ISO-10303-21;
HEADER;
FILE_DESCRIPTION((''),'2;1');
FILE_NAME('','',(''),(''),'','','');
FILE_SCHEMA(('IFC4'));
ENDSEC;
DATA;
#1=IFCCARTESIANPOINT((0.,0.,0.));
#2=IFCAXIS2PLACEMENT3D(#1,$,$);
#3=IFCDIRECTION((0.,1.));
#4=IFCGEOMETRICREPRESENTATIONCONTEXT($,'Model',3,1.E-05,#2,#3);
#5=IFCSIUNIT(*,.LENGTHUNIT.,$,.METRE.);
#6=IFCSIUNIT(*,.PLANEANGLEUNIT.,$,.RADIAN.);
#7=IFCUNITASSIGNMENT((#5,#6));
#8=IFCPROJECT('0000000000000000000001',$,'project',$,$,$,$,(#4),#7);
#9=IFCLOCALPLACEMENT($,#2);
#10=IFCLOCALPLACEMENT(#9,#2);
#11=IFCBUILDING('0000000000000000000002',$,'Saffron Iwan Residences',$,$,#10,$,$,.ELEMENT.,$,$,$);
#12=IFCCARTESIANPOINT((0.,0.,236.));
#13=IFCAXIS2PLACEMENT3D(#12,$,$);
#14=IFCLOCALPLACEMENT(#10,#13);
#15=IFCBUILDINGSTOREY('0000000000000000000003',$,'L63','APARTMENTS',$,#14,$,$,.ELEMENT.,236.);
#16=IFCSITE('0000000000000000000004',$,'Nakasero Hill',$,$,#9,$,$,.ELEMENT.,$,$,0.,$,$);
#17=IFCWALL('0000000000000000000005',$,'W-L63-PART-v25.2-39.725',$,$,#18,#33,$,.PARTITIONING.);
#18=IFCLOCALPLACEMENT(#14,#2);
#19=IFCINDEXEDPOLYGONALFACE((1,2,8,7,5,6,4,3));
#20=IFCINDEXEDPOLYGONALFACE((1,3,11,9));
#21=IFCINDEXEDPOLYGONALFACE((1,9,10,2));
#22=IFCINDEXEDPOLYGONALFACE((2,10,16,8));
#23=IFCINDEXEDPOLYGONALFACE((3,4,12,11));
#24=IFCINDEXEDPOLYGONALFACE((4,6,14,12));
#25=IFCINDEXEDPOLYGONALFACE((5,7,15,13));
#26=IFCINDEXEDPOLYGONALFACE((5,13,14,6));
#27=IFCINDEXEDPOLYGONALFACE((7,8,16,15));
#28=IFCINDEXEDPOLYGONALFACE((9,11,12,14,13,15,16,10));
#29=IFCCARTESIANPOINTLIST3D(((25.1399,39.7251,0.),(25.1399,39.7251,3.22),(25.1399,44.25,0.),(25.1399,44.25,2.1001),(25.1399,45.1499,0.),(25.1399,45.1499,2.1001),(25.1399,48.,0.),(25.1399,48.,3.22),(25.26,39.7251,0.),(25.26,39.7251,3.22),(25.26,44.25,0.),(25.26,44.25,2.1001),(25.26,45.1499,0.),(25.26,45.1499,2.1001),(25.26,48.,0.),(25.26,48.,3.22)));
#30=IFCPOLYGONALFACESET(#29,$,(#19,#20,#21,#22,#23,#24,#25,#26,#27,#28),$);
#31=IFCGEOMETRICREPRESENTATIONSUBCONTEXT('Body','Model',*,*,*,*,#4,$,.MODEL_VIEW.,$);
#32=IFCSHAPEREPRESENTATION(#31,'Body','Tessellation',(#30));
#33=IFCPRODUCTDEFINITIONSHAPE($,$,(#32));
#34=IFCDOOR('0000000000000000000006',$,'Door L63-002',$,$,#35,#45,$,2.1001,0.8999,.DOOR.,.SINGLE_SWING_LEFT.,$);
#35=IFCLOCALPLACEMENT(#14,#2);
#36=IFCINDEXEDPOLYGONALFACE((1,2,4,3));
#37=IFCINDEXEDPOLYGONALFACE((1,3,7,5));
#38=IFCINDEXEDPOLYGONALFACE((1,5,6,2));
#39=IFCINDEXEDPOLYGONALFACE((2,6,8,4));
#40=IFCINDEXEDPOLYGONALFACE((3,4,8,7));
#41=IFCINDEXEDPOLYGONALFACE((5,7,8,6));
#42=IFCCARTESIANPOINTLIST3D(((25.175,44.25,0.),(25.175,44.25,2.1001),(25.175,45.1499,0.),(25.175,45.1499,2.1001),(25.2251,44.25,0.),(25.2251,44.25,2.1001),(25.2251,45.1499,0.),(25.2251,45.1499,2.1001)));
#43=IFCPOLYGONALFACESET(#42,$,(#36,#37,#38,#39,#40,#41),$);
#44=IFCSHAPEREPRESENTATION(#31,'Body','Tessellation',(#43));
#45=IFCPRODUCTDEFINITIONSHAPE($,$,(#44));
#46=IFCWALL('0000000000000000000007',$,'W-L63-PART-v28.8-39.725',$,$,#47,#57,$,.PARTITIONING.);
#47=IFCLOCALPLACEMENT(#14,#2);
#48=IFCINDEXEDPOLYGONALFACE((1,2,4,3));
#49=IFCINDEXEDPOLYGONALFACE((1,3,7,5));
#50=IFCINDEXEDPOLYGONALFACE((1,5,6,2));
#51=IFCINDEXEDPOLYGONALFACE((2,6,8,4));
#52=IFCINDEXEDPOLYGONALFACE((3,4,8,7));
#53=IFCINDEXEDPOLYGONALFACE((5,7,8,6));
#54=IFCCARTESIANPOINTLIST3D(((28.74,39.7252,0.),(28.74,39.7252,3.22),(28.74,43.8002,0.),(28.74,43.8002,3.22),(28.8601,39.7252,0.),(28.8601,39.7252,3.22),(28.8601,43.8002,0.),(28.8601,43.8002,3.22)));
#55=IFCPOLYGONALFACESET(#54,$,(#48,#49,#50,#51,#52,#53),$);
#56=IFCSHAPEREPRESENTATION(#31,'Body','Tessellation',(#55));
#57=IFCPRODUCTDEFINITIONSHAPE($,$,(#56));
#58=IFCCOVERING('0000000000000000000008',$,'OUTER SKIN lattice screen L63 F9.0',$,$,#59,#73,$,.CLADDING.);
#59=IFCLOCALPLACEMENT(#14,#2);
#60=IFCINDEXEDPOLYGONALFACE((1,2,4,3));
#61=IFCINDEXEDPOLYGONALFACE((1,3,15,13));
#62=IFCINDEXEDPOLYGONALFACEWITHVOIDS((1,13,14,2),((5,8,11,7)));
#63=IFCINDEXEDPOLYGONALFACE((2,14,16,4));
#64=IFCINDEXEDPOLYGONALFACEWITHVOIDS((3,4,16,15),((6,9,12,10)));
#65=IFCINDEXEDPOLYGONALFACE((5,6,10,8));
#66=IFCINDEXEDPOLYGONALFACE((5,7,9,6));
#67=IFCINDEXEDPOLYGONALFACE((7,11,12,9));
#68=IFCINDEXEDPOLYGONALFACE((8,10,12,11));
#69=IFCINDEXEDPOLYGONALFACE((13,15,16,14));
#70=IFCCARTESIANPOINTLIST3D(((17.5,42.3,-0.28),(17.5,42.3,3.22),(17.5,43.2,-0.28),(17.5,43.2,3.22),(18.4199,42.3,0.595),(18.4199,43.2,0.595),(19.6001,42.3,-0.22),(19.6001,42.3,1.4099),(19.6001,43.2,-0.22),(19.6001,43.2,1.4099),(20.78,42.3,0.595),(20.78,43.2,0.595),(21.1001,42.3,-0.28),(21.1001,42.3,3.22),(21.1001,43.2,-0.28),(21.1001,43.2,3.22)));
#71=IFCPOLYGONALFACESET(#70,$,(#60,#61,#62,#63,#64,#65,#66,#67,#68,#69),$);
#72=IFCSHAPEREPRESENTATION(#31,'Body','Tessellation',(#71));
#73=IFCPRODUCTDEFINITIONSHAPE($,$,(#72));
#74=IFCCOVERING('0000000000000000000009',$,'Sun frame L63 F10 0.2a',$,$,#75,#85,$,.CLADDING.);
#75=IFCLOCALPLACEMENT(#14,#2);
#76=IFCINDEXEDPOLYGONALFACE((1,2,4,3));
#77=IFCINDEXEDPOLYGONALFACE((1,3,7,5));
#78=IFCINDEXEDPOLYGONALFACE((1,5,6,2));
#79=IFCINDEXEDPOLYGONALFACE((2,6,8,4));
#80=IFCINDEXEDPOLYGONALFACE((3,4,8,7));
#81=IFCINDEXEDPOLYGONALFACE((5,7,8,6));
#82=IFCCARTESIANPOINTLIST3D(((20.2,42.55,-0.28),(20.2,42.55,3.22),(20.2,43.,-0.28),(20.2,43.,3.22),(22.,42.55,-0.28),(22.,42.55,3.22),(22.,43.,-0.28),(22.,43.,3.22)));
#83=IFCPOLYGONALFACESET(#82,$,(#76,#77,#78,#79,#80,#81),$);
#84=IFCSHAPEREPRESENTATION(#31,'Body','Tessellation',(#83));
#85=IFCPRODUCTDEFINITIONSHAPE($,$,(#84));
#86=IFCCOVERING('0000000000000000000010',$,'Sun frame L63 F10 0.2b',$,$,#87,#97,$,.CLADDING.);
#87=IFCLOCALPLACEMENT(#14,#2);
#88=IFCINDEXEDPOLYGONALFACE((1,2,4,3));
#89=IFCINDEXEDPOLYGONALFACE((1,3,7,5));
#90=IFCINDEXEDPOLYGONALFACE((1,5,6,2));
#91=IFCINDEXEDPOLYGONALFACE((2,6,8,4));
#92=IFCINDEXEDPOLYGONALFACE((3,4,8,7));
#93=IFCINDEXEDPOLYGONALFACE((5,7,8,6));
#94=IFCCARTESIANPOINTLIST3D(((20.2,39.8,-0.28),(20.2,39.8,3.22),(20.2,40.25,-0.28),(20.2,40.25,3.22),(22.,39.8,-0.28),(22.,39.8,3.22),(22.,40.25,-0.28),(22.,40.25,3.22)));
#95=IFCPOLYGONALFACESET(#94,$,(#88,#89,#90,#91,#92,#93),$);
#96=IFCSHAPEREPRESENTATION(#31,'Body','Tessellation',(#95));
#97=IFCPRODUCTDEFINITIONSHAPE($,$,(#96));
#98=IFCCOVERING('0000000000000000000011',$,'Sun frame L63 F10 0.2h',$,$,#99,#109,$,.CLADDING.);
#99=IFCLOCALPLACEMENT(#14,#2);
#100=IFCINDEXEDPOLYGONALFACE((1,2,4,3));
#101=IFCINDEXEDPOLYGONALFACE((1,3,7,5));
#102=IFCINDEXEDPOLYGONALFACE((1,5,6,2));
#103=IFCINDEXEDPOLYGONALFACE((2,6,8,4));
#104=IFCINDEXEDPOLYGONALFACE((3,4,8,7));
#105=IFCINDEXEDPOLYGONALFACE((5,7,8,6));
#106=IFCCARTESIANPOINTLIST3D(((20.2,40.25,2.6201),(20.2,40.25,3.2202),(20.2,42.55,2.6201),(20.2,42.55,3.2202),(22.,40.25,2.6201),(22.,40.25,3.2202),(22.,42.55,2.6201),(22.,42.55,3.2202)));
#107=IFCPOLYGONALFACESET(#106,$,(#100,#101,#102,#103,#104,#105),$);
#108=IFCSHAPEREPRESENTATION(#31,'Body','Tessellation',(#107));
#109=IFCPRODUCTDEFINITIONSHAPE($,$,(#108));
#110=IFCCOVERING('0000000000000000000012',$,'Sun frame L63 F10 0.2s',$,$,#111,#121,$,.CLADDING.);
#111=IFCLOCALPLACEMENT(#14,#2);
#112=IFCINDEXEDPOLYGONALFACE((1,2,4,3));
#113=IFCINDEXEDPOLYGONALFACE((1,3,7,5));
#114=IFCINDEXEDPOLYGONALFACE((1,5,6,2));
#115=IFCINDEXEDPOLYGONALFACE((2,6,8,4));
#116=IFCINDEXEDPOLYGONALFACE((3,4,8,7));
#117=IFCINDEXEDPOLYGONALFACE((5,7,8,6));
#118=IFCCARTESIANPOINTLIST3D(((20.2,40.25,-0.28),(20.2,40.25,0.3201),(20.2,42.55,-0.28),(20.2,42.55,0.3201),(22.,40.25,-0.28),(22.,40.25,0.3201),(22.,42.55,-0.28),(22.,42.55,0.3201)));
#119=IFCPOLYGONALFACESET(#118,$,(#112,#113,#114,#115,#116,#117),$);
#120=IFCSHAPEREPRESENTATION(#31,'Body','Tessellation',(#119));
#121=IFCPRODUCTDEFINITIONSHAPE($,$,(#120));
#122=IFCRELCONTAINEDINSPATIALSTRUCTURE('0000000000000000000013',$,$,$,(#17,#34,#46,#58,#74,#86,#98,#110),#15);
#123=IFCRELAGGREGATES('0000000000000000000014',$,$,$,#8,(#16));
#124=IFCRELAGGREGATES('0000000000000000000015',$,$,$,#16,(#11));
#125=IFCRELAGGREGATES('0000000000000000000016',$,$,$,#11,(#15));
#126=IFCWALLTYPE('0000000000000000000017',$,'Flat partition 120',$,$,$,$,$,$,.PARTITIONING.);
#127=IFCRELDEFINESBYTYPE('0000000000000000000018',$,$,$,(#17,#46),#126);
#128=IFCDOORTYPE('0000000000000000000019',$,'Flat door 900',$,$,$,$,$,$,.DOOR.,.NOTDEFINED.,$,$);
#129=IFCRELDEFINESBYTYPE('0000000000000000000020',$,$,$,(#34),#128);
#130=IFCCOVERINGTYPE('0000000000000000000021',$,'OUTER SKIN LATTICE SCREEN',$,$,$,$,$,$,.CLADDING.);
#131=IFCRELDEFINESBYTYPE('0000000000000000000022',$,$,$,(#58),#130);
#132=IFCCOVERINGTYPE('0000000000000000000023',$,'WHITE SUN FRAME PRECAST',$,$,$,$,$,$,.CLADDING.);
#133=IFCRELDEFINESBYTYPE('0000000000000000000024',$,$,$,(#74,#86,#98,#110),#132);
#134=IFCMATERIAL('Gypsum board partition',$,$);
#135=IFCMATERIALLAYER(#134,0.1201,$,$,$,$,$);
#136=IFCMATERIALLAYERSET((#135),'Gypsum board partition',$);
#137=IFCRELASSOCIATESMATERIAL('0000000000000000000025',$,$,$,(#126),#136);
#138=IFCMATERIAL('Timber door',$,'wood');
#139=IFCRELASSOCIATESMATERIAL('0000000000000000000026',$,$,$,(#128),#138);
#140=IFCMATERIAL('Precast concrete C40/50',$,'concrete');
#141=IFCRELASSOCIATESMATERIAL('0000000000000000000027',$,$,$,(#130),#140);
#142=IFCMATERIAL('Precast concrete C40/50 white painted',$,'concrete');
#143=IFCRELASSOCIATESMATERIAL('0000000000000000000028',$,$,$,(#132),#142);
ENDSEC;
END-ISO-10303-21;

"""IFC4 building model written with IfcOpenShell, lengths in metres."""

from ifc_helpers import new_model, si_unit, direction, frame, frame_2d, origin, place, context, subcontext, project, spatial, polyline, rectangle, outline, extrude, material, layer, layer_set, type_object, element, fill, save


model = new_model("IFC4")

# Units and contexts
model_context = context("Model", 3, precision=1e-05, world=origin(), true_north=direction((0.0, 1.0)))
body_context = subcontext(model_context, "Body", "Model", "MODEL_VIEW")
ifc_project = project(units=[si_unit("LENGTHUNIT", "METRE"), si_unit("PLANEANGLEUNIT", "RADIAN")], contexts=[model_context])

# Site, building, storey
site_placement = place(None, origin())
site = spatial("IfcSite", under=ifc_project, at=site_placement, Name="Nakasero Hill", CompositionType="ELEMENT", RefElevation=0.0)
building_placement = place(site_placement, origin())
building = spatial("IfcBuilding", under=site, at=building_placement, Name="Saffron Iwan Residences", CompositionType="ELEMENT")
storey_placement = place(building_placement, frame((0.0, 0.0, 236.0)))
storey = spatial("IfcBuildingStorey", under=building, at=storey_placement, Name="L63", Description="APARTMENTS", CompositionType="ELEMENT", Elevation=236.0)

# Wall, opening, door
ifc_material_1 = material(Name="Gypsum board partition")
ifc_layer_1 = layer(ifc_material_1, 0.1201)
ifc_layer_set_1 = layer_set([ifc_layer_1], Name="Gypsum board partition")
wall_type_1 = type_object("IfcWallType", Name="Flat partition 120", PredefinedType="PARTITIONING", material=ifc_layer_set_1)
wall_1_placement = place(storey_placement, frame((25.2, 39.7251, 0.0), z_axis=(0.0, 0.0, 1.0), x_axis=(0.0, 1.0, 0.0)))
wall_1 = element("IfcWall", 1, at=wall_1_placement, inside=storey, type_object=wall_type_1, Name="W-L63-PART-v25.2-39.725", PredefinedType="PARTITIONING", context=body_context, shape_type="SweptSolid", body=[
    extrude(rectangle(XDim=8.2749, YDim=0.1201, at=frame_2d((4.1375, 0.0))), origin(), (0.0, 0.0, 1.0), 3.22),
])
opening_1_placement = place(wall_1_placement, frame((4.5249, 0.0, 0.0)))
opening_1 = element("IfcOpeningElement", 2, at=opening_1_placement, cuts=wall_1, PredefinedType="OPENING", context=body_context, shape_type="SweptSolid", body=[
    extrude(rectangle(XDim=0.8999, YDim=2.1001, at=frame_2d((0.45, 1.05))), frame((0.0, 0.0701, 0.0), z_axis=(0.0, -1.0, 0.0), x_axis=(1.0, 0.0, 0.0)), (0.0, 0.0, 1.0), 0.1401),
])
ifc_material_2 = material(Name="Timber door", Category="wood")
door_type_1 = type_object("IfcDoorType", Name="Flat door 900", OperationType="NOTDEFINED", PredefinedType="DOOR", material=ifc_material_2)
door_1_placement = place(opening_1_placement, origin())
door_1 = element("IfcDoor", 3, at=door_1_placement, inside=storey, type_object=door_type_1, Name="Door L63-002", OperationType="SINGLE_SWING_LEFT", OverallHeight=2.1001, OverallWidth=0.8999, PredefinedType="DOOR", context=body_context, shape_type="SweptSolid", body=[
    extrude(rectangle(XDim=0.8999, YDim=2.1001, at=frame_2d((0.45, 1.05))), frame((0.0, 0.0249, 0.0), z_axis=(0.0, -1.0, 0.0), x_axis=(1.0, 0.0, 0.0)), (0.0, 0.0, 1.0), 0.05),
])
fill(opening_1, door_1)

# Wall
wall_2_placement = place(storey_placement, frame((28.8, 39.7251, 0.0), z_axis=(0.0, 0.0, 1.0), x_axis=(0.0, 1.0, 0.0)))
element("IfcWall", 4, at=wall_2_placement, inside=storey, type_object=wall_type_1, Name="W-L63-PART-v28.8-39.725", PredefinedType="PARTITIONING", context=body_context, shape_type="SweptSolid", body=[
    extrude(rectangle(XDim=4.075, YDim=0.1201, at=frame_2d((2.0376, 0.0))), origin(), (0.0, 0.0, 1.0), 3.22),
])

# Coverings
ifc_material_3 = material(Name="Precast concrete C40/50", Category="concrete")
covering_type_1 = type_object("IfcCoveringType", Name="OUTER SKIN LATTICE SCREEN", PredefinedType="CLADDING", material=ifc_material_3)
covering_placement = place(storey_placement, frame((17.5, 43.2, -0.28), z_axis=(0.0, -1.0, 0.0), x_axis=(1.0, 0.0, 0.0)))
element("IfcCovering", 5, at=covering_placement, inside=storey, type_object=covering_type_1, Name="OUTER SKIN lattice screen L63 F9.0", PredefinedType="CLADDING", context=body_context, shape_type="SweptSolid", body=[
    extrude(outline(polyline([(0.0, 0.0), (3.6001, 0.0), (3.6001, 3.5), (0.0, 3.5), (0.0, 0.0)]), holes=[polyline([(0.9199, 0.875), (2.1001, 0.0601), (3.28, 0.875), (2.1001, 1.6899), (0.9199, 0.875)])]), origin(), (0.0, 0.0, 1.0), 0.8999),
])
ifc_material_4 = material(Name="Precast concrete C40/50 white painted", Category="concrete")
covering_type_2 = type_object("IfcCoveringType", Name="WHITE SUN FRAME PRECAST", PredefinedType="CLADDING", material=ifc_material_4)
for number, where, z_axis, x_axis, name in (
    (6, (22.0, 43.0, -0.28), (-1.0, 0.0, 0.0), (0.0, -1.0, 0.0), "Sun frame L63 F10 0.2a"),
    (7, (22.0, 40.25, -0.28), (-1.0, 0.0, 0.0), (0.0, -1.0, 0.0), "Sun frame L63 F10 0.2b"),
):
    element("IfcCovering", number, at=place(storey_placement, frame(where, z_axis=z_axis, x_axis=x_axis)), inside=storey, type_object=covering_type_2, Name=name, PredefinedType="CLADDING", context=body_context, shape_type="SweptSolid", body=[
        extrude(outline(polyline([(0.0, 0.0), (0.45, 0.0), (0.45, 3.5), (0.0, 3.5), (0.0, 0.0)])), origin(), (0.0, 0.0, 1.0), 1.8),
    ])
for number, where, z_axis, x_axis, name in (
    (8, (22.0, 42.55, 2.6201), (-1.0, 0.0, 0.0), (0.0, -1.0, 0.0), "Sun frame L63 F10 0.2h"),
    (9, (22.0, 42.55, -0.28), (-1.0, 0.0, 0.0), (0.0, -1.0, 0.0), "Sun frame L63 F10 0.2s"),
):
    element("IfcCovering", number, at=place(storey_placement, frame(where, z_axis=z_axis, x_axis=x_axis)), inside=storey, type_object=covering_type_2, Name=name, PredefinedType="CLADDING", context=body_context, shape_type="SweptSolid", body=[
        extrude(outline(polyline([(0.0, 0.0), (2.3, 0.0), (2.3, 0.6001), (0.0, 0.6001), (0.0, 0.0)])), origin(), (0.0, 0.0, 1.0), 1.8),
    ])

save(model, "model.ifc")
